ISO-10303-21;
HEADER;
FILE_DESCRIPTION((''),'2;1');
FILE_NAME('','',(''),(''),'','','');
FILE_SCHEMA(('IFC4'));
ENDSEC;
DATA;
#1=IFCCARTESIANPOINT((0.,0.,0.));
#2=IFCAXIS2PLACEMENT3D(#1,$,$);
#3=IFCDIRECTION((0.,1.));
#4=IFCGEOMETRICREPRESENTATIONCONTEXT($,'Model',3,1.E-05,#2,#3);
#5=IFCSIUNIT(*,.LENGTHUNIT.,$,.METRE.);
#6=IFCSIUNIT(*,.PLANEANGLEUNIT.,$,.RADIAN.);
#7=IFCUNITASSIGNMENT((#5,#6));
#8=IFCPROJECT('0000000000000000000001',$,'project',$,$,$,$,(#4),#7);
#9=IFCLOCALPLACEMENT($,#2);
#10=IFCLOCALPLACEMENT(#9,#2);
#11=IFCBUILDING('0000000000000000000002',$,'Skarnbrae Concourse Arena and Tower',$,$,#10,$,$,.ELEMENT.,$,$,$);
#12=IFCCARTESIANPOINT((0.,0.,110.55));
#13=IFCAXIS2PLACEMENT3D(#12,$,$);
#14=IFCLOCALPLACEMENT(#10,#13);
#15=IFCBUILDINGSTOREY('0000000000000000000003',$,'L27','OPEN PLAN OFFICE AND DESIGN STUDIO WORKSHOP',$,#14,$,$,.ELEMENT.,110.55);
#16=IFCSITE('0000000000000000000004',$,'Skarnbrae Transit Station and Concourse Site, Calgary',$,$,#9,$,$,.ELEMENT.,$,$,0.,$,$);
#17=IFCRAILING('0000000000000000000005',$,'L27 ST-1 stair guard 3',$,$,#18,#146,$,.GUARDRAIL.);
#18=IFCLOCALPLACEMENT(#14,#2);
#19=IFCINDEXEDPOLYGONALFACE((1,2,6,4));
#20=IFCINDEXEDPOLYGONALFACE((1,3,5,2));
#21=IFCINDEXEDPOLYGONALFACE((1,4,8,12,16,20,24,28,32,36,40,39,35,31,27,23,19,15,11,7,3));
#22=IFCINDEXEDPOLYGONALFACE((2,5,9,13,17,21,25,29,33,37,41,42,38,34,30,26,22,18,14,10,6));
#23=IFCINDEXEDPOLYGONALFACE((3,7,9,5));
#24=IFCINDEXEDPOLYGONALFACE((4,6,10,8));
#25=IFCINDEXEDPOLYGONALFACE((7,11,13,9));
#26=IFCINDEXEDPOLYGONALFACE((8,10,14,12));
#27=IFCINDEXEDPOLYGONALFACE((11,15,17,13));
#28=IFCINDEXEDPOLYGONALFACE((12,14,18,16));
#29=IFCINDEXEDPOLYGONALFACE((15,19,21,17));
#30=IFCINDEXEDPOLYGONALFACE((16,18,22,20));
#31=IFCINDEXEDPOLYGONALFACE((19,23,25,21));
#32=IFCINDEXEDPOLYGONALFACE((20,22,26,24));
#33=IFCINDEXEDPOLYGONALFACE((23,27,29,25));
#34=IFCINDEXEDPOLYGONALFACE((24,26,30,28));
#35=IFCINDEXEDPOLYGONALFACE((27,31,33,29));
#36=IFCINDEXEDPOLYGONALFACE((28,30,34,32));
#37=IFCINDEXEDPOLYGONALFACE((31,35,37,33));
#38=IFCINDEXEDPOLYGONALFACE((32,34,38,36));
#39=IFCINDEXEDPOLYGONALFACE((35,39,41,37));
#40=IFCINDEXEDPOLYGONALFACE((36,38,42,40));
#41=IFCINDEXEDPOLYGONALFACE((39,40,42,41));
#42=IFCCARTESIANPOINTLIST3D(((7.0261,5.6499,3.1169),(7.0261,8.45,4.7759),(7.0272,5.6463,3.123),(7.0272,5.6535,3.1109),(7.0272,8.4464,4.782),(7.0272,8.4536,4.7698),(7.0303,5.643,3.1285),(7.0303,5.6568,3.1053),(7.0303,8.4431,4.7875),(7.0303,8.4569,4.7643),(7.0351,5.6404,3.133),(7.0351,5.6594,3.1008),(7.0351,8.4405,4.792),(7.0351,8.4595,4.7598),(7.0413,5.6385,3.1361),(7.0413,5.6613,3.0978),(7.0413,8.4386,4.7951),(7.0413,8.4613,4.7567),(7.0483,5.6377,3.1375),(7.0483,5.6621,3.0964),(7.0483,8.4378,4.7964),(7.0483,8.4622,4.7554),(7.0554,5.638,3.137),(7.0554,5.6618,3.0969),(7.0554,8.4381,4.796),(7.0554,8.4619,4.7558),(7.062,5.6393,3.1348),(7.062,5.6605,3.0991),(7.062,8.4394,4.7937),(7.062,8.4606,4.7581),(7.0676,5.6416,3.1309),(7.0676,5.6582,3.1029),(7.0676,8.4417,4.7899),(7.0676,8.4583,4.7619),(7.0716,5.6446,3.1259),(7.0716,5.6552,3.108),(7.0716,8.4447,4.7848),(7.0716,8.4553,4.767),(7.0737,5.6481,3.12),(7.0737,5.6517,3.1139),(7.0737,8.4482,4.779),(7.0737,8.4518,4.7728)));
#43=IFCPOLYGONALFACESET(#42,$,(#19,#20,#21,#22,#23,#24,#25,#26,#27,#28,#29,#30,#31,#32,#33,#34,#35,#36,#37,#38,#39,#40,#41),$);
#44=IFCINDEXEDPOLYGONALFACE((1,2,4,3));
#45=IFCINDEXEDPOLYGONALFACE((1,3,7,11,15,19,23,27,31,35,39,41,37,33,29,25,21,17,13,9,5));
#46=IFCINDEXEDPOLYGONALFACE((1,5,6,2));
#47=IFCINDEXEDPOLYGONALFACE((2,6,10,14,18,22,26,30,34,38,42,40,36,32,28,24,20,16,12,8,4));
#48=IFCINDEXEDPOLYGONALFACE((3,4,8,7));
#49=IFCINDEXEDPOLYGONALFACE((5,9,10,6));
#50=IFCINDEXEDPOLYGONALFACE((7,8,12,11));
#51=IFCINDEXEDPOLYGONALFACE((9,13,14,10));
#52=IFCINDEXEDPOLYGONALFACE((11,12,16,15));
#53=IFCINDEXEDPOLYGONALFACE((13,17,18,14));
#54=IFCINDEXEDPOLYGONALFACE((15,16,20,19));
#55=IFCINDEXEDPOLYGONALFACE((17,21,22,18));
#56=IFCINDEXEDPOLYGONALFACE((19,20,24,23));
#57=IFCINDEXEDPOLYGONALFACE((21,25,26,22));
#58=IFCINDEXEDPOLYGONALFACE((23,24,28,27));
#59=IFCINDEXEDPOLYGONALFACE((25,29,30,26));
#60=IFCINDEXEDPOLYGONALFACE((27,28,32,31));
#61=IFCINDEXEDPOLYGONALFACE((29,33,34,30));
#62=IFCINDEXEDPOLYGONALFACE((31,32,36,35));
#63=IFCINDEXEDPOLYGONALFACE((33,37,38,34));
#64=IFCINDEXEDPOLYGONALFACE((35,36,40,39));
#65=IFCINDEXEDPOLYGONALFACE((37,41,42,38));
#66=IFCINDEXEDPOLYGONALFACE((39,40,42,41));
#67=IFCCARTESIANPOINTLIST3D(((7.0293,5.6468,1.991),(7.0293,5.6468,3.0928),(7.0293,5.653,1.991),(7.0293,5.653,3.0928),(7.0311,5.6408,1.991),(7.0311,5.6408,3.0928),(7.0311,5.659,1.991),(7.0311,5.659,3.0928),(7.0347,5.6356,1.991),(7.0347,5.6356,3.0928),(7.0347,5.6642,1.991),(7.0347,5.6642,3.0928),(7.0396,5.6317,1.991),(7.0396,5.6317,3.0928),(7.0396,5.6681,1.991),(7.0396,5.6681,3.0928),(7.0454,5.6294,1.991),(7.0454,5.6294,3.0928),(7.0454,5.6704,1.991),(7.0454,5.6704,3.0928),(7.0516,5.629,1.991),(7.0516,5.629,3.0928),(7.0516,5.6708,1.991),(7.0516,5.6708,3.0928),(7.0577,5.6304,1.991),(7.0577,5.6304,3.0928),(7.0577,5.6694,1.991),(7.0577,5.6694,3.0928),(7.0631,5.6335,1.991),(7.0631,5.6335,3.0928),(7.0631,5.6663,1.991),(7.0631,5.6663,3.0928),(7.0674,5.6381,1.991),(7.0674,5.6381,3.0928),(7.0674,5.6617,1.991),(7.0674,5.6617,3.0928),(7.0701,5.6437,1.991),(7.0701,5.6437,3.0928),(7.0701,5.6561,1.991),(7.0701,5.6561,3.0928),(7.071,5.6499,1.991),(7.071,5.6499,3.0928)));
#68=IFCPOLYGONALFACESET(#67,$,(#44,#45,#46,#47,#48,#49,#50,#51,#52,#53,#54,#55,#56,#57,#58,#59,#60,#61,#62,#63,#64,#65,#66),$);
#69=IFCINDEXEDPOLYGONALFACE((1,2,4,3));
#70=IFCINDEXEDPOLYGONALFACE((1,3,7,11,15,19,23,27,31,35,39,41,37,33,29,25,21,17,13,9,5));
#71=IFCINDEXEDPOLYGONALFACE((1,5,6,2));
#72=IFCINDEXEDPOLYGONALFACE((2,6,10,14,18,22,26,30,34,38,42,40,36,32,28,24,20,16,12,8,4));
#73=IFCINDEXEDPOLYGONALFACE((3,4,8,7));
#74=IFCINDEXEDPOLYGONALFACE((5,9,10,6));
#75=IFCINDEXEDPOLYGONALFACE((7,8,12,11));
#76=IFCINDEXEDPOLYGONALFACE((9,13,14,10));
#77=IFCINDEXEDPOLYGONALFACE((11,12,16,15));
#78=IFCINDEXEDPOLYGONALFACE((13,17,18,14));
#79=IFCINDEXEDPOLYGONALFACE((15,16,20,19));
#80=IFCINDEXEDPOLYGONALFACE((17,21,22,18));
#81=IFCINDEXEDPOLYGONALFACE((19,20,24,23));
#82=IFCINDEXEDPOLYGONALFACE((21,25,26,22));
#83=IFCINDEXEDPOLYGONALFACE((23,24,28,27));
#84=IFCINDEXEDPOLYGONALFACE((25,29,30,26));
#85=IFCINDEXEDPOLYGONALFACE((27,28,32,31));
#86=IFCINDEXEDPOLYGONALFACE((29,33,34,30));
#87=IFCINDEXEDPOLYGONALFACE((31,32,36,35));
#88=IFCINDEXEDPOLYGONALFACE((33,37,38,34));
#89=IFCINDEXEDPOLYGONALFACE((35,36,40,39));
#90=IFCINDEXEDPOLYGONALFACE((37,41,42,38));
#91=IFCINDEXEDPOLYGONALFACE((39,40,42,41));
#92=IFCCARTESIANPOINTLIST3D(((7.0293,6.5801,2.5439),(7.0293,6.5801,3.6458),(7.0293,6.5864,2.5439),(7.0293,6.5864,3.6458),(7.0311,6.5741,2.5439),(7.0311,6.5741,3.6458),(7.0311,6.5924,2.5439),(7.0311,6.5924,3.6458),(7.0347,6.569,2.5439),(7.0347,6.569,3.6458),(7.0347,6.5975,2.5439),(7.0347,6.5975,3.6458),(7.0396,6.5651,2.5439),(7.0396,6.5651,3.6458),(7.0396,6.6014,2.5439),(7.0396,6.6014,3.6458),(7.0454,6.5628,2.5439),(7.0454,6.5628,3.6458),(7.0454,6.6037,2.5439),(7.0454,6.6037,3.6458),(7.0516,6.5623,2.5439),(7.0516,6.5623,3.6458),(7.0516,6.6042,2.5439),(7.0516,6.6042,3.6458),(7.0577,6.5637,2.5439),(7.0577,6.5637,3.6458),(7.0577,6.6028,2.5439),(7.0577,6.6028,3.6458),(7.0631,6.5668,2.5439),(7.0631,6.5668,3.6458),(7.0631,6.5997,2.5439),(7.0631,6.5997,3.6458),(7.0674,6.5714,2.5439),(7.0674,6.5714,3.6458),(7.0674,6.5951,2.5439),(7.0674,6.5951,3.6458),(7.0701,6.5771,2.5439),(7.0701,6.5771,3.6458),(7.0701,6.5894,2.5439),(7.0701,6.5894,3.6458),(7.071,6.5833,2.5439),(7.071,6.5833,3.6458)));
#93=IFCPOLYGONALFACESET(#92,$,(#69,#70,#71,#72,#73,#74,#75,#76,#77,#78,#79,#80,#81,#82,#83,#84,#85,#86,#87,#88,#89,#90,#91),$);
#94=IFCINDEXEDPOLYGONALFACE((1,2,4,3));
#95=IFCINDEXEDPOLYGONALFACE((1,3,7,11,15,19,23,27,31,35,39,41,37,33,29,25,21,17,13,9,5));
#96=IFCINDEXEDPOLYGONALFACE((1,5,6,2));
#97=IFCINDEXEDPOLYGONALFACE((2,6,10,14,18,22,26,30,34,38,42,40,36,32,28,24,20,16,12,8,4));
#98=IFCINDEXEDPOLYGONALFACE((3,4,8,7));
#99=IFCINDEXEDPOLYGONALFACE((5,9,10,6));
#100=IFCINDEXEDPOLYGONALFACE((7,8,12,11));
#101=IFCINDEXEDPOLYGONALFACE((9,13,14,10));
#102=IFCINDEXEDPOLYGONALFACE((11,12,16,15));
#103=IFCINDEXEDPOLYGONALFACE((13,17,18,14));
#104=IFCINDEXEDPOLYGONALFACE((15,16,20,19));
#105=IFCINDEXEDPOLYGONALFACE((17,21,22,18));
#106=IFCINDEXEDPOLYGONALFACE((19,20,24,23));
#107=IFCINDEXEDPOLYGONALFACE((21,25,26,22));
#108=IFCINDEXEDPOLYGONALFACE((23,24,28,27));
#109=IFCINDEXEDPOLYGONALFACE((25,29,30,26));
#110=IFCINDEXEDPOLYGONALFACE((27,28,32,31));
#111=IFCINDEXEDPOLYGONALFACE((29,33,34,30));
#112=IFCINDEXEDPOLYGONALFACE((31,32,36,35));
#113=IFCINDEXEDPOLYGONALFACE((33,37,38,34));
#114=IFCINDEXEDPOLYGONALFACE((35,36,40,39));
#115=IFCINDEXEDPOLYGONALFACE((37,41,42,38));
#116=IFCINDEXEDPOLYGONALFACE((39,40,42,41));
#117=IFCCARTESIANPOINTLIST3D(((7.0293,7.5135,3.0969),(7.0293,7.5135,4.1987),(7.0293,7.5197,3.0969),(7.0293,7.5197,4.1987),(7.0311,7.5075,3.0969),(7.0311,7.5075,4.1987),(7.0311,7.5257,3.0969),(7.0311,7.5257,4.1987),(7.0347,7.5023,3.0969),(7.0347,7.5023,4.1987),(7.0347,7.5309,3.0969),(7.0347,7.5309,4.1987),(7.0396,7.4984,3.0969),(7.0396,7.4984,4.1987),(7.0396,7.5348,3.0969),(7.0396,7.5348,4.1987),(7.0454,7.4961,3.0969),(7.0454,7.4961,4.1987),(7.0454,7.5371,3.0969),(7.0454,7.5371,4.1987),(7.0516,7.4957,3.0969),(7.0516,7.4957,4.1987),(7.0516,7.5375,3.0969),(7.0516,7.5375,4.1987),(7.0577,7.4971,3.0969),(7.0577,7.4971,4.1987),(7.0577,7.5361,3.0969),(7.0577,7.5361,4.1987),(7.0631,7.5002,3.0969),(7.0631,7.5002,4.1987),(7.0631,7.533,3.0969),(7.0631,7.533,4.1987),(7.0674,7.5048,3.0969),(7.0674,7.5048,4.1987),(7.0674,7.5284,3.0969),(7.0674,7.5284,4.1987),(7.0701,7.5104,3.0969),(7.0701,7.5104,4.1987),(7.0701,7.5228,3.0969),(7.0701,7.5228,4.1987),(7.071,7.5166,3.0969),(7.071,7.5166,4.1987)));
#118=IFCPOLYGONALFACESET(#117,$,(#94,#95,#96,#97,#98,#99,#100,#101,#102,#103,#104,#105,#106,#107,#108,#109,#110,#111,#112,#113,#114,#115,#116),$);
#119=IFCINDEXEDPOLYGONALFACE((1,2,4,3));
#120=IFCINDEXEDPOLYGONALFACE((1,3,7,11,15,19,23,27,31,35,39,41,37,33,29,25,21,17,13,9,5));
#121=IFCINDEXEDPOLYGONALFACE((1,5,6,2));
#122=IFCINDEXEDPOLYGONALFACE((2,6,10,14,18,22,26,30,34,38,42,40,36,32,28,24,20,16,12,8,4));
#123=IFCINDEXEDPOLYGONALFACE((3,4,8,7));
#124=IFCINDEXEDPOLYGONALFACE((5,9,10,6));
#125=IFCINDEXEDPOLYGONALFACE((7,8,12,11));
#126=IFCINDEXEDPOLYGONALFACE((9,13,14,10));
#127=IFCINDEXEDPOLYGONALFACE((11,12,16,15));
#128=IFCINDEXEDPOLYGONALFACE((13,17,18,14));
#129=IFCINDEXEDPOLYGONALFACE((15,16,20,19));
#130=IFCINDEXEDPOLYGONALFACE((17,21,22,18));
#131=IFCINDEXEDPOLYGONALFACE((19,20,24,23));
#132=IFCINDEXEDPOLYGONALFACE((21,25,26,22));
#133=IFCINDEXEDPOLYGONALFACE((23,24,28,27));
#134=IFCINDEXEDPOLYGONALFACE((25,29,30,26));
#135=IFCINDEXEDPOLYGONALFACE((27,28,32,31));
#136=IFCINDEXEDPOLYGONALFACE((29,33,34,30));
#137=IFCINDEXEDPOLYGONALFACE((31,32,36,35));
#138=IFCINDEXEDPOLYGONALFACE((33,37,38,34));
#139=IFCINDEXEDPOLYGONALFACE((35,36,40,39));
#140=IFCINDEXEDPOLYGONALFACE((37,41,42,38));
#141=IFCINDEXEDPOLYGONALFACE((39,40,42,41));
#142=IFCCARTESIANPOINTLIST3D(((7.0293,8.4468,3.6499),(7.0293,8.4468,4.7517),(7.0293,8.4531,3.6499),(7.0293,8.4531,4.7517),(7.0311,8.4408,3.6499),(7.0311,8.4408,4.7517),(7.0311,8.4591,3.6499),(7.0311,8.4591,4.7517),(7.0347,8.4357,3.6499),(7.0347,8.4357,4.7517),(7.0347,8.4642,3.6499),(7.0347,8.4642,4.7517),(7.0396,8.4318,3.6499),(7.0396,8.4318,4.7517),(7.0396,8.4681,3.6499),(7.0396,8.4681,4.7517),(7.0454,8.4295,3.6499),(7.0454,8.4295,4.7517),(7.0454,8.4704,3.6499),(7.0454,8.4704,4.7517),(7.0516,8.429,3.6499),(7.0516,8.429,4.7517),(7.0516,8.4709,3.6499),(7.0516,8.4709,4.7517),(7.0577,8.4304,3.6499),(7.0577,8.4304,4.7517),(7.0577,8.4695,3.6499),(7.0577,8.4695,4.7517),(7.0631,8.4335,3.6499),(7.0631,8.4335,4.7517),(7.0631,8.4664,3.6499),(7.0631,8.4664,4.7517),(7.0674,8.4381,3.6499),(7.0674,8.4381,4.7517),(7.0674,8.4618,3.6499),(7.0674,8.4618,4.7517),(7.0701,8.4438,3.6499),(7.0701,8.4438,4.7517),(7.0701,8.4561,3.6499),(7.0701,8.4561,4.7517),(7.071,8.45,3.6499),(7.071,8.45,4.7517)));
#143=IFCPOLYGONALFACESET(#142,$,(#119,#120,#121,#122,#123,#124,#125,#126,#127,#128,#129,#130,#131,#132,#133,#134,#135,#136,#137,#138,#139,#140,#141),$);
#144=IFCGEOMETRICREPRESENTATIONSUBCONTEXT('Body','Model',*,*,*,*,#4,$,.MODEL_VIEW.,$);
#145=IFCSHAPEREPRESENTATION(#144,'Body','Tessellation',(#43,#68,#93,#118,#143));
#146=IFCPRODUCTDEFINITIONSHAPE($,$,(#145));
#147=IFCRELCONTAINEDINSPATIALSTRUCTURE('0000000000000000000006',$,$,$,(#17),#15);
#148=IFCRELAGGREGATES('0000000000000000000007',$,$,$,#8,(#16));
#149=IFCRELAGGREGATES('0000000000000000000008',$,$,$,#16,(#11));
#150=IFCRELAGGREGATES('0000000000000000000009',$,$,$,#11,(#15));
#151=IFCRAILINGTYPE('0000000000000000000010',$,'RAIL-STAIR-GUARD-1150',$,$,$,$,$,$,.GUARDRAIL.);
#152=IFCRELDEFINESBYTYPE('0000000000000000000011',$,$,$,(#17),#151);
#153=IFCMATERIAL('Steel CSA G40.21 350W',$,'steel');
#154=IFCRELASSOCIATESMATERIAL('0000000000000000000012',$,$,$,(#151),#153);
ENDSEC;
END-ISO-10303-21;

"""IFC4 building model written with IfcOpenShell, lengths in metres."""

from ifc_helpers import new_model, si_unit, direction, frame, origin, origin_2d, place, context, subcontext, project, spatial, circle, extrude, material, type_object, element, save


model = new_model("IFC4")

# Units and contexts
model_context = context("Model", 3, precision=1e-05, world=origin(), true_north=direction((0.0, 1.0)))
body_context = subcontext(model_context, "Body", "Model", "MODEL_VIEW")
ifc_project = project(units=[si_unit("LENGTHUNIT", "METRE"), si_unit("PLANEANGLEUNIT", "RADIAN")], contexts=[model_context])

# Site, building, storey
site_placement = place(None, origin())
site = spatial("IfcSite", under=ifc_project, at=site_placement, Name="Skarnbrae Transit Station and Concourse Site, Calgary", CompositionType="ELEMENT", RefElevation=0.0)
building_placement = place(site_placement, origin())
building = spatial("IfcBuilding", under=site, at=building_placement, Name="Skarnbrae Concourse Arena and Tower", CompositionType="ELEMENT")
storey_placement = place(building_placement, frame((0.0, 0.0, 110.55)))
storey = spatial("IfcBuildingStorey", under=building, at=storey_placement, Name="L27", Description="OPEN PLAN OFFICE AND DESIGN STUDIO WORKSHOP", CompositionType="ELEMENT", Elevation=110.55)

# Shared definitions
ifc_material_1 = material(Name="Steel CSA G40.21 350W", Category="steel")

# Railing
railing_type_1 = type_object("IfcRailingType", Name="RAIL-STAIR-GUARD-1150", PredefinedType="GUARDRAIL", material=ifc_material_1)
railing_1_placement = place(storey_placement, frame((7.05, 5.6499, 1.991)))
element("IfcRailing", 1, at=railing_1_placement, inside=storey, type_object=railing_type_1, Name="L27 ST-1 stair guard 3", PredefinedType="GUARDRAIL", context=body_context, shape_type="SweptSolid", body=[
    extrude(circle(Radius=0.0239, at=origin_2d()), frame((0.0, 0.0, 1.126), z_axis=(0.0, 0.860339, 0.509722), x_axis=(-1.0, 0.0, 0.0)), (0.0, 0.0, 1.0), 3.2546),
    extrude(circle(Radius=0.021, at=origin_2d()), origin(), (0.0, 0.0, 1.0), 1.1018),
    extrude(circle(Radius=0.021, at=origin_2d()), frame((0.0, 0.9333, 0.553)), (0.0, 0.0, 1.0), 1.1018),
    extrude(circle(Radius=0.021, at=origin_2d()), frame((0.0, 1.8667, 1.106)), (0.0, 0.0, 1.0), 1.1018),
    extrude(circle(Radius=0.021, at=origin_2d()), frame((0.0, 2.8, 1.6589)), (0.0, 0.0, 1.0), 1.1018),
])

save(model, "model.ifc")
